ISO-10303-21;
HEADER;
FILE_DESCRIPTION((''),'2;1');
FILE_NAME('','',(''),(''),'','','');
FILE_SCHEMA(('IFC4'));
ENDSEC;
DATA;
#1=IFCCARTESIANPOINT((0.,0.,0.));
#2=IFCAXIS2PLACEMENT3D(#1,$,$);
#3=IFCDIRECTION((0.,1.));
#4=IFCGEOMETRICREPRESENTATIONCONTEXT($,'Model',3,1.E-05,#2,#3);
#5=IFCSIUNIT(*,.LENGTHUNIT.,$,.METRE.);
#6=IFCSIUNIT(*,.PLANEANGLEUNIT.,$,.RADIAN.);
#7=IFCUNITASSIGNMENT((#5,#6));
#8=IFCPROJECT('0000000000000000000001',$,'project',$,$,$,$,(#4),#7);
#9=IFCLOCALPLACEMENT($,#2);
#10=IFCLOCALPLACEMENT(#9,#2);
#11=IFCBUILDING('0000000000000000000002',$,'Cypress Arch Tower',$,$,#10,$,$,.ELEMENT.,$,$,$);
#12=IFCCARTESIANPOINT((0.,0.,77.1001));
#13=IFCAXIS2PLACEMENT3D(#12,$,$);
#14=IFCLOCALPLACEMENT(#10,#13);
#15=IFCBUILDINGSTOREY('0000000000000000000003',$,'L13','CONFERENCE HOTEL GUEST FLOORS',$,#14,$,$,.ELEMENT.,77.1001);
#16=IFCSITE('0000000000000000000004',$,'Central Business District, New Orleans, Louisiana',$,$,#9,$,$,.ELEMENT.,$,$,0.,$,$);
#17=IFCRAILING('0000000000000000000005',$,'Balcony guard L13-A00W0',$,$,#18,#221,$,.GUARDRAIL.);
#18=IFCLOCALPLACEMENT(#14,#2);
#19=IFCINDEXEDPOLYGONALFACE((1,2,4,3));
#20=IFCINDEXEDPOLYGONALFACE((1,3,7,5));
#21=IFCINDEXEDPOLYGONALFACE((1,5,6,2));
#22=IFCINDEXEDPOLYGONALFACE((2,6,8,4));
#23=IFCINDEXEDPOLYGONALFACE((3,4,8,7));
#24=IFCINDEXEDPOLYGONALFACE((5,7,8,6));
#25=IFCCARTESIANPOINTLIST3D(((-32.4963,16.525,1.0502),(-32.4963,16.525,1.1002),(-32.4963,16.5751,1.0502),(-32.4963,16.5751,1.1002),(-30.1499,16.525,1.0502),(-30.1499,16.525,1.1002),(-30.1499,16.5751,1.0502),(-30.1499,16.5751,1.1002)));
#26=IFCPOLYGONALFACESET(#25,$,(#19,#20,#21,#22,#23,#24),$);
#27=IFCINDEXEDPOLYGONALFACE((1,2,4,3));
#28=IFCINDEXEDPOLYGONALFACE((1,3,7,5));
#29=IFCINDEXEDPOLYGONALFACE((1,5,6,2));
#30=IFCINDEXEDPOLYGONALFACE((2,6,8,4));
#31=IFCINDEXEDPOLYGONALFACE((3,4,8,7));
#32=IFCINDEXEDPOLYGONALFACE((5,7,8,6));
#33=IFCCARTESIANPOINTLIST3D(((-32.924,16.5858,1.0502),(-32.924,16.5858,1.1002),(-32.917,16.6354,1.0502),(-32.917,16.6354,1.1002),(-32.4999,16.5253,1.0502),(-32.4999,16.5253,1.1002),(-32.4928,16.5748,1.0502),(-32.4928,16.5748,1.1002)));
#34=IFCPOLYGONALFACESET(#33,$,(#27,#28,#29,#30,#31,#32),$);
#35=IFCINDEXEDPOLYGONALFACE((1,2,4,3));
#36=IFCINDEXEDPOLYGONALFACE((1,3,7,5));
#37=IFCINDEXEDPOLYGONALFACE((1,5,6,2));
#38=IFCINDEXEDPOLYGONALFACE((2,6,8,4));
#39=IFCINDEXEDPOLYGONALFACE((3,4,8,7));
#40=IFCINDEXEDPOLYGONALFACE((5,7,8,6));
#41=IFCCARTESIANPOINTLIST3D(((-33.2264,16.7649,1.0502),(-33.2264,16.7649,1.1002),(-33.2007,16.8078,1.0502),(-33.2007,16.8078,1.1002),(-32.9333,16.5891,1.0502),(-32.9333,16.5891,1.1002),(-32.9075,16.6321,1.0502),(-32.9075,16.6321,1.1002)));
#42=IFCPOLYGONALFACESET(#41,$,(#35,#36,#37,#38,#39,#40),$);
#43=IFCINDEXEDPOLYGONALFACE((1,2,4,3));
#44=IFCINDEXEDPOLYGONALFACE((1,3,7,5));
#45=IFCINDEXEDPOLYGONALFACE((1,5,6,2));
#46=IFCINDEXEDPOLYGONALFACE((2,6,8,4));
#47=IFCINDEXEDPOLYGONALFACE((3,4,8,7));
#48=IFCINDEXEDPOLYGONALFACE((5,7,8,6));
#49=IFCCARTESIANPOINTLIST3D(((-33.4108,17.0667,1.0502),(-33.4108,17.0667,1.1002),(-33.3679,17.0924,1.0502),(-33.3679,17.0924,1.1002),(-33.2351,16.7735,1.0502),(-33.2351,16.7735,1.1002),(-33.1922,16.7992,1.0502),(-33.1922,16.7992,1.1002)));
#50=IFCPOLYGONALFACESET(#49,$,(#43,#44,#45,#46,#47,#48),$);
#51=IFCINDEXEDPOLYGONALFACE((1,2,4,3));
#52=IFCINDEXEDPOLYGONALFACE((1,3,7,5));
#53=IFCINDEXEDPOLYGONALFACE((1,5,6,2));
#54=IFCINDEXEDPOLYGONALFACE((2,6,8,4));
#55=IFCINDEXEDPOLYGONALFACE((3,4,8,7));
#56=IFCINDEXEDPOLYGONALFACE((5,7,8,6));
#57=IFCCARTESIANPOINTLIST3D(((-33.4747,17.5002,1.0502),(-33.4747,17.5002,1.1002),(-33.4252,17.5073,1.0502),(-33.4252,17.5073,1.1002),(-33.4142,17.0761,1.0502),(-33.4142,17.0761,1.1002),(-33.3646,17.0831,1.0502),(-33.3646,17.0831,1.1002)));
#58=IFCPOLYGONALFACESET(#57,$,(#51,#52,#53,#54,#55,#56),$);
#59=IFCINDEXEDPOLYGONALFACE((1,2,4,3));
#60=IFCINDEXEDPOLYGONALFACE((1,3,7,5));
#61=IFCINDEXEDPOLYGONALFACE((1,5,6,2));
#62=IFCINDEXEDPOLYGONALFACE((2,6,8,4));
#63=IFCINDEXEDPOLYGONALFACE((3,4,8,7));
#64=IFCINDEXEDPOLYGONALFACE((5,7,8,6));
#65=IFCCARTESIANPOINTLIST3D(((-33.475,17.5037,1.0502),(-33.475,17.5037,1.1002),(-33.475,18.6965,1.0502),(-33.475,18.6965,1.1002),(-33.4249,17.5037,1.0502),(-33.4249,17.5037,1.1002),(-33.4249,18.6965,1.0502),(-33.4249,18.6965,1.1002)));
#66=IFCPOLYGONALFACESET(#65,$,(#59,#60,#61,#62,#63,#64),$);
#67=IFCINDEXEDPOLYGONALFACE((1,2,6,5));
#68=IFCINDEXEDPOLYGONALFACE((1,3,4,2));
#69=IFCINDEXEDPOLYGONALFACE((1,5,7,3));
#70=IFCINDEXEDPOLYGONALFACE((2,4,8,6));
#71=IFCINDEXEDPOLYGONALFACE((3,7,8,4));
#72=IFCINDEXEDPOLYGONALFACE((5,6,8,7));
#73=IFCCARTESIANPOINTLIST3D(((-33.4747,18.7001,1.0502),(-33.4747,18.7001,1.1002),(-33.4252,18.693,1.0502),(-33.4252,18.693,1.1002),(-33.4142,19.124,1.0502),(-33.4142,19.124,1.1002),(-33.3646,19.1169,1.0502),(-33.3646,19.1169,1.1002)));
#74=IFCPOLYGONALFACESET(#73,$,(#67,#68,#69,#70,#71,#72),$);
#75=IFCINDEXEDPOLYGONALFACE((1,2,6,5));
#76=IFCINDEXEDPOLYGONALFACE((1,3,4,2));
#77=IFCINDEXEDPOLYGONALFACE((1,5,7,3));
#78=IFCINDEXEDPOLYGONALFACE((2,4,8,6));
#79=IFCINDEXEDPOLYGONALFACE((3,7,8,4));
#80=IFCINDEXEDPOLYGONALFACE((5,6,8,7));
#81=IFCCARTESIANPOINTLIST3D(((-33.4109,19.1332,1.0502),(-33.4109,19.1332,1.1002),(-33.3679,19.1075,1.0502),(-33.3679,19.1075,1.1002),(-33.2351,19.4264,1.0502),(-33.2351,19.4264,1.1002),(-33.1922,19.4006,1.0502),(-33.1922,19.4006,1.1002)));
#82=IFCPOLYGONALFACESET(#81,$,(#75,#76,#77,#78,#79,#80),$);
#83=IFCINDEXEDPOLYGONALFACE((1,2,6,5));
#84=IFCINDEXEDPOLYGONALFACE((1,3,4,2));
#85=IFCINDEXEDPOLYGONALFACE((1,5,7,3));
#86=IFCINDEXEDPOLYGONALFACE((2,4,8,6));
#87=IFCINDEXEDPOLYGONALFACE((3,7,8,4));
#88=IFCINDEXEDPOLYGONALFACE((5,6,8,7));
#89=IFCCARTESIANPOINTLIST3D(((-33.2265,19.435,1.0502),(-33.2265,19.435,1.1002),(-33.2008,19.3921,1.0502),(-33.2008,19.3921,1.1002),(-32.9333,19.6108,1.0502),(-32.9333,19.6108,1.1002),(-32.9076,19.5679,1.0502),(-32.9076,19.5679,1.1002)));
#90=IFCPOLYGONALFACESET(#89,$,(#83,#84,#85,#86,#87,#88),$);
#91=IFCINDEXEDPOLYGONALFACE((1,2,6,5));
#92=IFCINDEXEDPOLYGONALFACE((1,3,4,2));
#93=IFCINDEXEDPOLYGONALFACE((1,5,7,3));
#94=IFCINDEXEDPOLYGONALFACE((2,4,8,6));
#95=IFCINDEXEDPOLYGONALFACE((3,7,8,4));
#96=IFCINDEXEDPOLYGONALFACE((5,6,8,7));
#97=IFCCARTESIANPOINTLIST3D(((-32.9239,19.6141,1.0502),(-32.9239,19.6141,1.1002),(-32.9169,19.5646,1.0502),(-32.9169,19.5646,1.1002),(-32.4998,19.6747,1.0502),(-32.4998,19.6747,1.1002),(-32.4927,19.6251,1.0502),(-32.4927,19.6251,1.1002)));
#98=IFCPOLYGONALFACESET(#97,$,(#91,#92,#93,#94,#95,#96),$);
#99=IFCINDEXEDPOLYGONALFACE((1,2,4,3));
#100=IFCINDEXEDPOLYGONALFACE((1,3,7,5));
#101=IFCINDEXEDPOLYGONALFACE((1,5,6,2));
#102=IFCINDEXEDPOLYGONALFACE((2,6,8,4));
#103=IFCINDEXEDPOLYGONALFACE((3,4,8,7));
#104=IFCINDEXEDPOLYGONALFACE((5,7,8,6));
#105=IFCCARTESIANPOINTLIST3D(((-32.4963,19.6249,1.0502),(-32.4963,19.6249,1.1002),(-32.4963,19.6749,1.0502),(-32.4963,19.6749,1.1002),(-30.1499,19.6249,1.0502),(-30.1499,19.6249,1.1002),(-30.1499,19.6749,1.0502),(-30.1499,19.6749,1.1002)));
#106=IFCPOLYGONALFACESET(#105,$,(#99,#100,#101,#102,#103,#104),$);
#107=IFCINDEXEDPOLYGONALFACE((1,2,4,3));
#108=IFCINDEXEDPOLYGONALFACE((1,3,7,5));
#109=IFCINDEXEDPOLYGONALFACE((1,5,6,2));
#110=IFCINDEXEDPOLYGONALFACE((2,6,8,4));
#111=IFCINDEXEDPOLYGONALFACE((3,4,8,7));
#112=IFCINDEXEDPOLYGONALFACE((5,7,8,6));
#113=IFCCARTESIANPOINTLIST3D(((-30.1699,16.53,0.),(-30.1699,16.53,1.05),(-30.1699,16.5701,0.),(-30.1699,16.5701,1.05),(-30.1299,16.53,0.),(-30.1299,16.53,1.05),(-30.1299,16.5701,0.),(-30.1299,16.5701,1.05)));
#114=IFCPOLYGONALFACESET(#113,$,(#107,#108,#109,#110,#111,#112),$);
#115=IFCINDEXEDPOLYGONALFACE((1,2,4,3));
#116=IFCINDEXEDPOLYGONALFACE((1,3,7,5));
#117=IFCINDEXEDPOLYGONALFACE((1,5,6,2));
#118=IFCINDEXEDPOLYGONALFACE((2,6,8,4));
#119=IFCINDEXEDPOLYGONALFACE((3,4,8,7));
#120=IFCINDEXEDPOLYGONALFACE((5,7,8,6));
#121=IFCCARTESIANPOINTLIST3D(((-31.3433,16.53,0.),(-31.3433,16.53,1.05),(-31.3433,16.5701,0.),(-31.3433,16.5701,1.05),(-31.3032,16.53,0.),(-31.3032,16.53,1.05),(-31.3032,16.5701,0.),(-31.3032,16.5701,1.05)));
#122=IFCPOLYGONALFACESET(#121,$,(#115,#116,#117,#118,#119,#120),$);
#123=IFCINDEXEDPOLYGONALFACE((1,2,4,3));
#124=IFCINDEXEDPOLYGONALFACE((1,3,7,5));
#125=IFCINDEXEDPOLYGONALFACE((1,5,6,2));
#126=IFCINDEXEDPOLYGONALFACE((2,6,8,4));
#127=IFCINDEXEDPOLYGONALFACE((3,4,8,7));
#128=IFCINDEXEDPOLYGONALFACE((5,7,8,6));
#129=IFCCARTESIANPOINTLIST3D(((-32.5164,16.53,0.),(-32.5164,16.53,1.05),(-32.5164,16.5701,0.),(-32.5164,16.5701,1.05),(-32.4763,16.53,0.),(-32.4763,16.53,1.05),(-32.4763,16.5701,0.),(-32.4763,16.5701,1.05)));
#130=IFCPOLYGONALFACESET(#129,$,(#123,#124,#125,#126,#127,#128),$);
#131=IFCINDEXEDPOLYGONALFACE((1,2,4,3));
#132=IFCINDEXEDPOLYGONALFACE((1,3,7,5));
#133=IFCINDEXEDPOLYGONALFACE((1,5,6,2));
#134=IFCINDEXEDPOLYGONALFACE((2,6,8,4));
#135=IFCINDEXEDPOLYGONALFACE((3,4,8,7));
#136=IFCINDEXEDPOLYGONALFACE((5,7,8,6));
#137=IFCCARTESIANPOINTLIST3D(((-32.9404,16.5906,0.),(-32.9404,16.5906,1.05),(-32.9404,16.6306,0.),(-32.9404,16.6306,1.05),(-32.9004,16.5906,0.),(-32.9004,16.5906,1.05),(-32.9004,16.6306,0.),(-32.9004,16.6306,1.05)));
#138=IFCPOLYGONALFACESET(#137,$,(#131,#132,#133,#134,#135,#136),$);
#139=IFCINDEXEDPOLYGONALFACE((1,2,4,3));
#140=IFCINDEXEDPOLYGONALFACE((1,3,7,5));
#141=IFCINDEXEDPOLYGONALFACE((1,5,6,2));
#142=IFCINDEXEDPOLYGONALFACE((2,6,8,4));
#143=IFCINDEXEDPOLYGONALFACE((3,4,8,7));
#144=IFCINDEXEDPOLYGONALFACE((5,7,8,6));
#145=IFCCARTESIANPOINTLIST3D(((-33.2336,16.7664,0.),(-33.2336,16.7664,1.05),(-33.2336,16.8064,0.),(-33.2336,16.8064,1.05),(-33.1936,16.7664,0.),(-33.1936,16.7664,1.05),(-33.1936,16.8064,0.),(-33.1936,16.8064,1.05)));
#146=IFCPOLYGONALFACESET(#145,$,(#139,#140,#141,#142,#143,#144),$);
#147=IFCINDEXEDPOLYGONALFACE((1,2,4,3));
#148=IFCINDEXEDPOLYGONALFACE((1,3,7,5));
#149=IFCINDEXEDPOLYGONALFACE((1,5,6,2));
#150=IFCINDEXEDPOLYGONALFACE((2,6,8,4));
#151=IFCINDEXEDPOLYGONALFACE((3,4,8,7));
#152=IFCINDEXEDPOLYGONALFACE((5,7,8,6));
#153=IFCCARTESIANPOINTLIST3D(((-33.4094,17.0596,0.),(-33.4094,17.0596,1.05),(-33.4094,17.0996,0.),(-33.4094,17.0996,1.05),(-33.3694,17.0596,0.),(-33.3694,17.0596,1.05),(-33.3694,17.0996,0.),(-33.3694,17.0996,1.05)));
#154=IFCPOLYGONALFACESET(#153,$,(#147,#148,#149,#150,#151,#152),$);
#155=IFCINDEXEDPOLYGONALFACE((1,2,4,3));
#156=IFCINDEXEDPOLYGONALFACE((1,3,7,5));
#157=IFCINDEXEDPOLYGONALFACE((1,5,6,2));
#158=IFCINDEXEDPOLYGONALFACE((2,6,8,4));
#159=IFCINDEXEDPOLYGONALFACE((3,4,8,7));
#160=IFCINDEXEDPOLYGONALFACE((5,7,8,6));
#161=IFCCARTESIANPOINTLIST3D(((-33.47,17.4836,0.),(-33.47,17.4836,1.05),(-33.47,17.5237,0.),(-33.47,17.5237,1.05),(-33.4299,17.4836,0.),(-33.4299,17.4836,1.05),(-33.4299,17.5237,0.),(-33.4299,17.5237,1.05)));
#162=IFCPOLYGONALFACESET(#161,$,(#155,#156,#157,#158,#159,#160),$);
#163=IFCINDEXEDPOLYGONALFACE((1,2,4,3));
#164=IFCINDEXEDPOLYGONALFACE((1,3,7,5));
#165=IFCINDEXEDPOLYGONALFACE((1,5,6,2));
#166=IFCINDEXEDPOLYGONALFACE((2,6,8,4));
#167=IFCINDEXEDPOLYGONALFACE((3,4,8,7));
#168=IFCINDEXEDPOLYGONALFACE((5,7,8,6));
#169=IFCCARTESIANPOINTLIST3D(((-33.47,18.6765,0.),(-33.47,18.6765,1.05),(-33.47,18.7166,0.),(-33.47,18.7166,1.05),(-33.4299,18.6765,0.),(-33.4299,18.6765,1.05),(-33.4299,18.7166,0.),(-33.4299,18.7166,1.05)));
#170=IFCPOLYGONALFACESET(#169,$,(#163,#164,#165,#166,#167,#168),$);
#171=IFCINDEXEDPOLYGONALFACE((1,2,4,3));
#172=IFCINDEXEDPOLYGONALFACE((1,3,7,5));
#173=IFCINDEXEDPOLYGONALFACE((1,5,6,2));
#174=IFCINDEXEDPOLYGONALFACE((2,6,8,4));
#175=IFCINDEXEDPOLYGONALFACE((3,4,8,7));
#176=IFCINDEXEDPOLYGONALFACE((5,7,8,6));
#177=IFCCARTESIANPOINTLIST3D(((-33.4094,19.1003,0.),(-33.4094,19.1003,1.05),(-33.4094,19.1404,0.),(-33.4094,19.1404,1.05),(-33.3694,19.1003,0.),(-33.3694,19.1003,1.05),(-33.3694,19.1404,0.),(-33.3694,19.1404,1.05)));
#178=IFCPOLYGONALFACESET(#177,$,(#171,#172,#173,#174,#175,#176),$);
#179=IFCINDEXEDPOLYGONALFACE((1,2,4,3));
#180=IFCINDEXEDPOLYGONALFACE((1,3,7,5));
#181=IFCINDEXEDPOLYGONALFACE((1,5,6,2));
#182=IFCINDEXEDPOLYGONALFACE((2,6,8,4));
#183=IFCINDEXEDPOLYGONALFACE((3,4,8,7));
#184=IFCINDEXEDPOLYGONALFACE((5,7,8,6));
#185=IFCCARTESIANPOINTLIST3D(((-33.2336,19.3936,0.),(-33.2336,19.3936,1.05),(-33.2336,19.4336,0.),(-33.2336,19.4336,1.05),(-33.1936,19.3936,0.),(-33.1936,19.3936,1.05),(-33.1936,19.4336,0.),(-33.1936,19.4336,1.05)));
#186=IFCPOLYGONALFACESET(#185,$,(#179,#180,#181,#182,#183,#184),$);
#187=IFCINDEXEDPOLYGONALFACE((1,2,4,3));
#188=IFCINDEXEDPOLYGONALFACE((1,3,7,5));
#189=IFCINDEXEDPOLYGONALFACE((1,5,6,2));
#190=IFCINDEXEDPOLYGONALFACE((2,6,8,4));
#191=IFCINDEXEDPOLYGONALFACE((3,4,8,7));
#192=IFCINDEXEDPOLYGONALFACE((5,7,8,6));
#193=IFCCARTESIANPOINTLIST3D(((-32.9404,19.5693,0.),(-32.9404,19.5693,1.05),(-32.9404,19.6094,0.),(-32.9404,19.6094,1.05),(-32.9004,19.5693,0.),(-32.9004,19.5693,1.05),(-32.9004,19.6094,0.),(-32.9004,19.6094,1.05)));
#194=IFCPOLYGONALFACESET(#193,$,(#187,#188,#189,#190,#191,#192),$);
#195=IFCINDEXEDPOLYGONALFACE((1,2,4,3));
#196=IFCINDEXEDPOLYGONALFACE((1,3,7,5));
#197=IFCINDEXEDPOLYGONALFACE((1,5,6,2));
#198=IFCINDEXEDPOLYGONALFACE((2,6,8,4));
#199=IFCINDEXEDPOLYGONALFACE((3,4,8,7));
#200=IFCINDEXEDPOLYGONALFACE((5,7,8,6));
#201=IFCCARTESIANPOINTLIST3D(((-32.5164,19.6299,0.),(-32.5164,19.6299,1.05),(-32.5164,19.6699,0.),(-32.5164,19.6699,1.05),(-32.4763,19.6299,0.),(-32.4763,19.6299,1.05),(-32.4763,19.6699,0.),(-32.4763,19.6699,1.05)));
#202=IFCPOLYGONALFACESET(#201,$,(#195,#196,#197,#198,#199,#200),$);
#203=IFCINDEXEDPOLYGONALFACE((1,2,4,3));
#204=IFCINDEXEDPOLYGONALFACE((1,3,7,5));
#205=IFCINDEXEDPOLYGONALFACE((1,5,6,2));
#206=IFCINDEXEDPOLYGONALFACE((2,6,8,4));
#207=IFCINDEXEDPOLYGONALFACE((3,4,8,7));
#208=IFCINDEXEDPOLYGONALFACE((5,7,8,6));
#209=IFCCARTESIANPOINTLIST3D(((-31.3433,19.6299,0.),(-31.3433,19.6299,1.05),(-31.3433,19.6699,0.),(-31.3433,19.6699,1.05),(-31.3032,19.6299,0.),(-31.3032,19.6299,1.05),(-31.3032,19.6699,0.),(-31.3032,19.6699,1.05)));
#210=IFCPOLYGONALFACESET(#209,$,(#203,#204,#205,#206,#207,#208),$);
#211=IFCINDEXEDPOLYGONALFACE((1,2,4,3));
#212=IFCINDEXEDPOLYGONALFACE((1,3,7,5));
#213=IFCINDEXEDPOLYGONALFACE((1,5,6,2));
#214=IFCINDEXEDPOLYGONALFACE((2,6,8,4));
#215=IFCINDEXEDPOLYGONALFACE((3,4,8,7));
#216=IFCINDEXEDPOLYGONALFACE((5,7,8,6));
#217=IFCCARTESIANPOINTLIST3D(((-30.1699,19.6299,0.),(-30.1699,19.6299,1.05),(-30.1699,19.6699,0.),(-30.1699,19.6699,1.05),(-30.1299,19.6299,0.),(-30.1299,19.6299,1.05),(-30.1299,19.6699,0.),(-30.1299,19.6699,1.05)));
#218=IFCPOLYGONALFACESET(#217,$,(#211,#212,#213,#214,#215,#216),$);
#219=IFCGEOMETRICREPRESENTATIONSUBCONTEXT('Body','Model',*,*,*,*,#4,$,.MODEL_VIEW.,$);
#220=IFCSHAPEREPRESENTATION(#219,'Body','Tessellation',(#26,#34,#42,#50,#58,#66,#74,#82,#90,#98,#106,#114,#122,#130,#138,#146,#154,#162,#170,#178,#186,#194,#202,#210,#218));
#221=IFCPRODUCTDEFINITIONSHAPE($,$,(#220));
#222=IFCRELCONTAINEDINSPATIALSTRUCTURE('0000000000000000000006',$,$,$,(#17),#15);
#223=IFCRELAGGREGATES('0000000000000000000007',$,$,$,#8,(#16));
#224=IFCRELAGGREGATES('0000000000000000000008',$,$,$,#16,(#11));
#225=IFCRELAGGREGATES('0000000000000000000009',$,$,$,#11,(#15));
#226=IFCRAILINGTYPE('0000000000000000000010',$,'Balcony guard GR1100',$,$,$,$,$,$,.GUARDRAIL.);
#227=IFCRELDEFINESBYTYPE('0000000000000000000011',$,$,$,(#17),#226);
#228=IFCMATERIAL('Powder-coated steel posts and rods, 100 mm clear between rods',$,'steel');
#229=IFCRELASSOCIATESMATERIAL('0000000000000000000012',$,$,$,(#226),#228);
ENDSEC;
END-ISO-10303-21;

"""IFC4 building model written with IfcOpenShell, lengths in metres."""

from ifc_helpers import new_model, si_unit, direction, frame, origin, origin_2d, place, context, subcontext, project, spatial, rectangle, extrude, material, type_object, element, save


model = new_model("IFC4")

# Units and contexts
model_context = context("Model", 3, precision=1e-05, world=origin(), true_north=direction((0.0, 1.0)))
body_context = subcontext(model_context, "Body", "Model", "MODEL_VIEW")
ifc_project = project(units=[si_unit("LENGTHUNIT", "METRE"), si_unit("PLANEANGLEUNIT", "RADIAN")], contexts=[model_context])

# Site, building, storey
site_placement = place(None, origin())
site = spatial("IfcSite", under=ifc_project, at=site_placement, Name="Central Business District, New Orleans, Louisiana", CompositionType="ELEMENT", RefElevation=0.0)
building_placement = place(site_placement, origin())
building = spatial("IfcBuilding", under=site, at=building_placement, Name="Cypress Arch Tower", CompositionType="ELEMENT")
storey_placement = place(building_placement, frame((0.0, 0.0, 77.1001)))
storey = spatial("IfcBuildingStorey", under=building, at=storey_placement, Name="L13", Description="CONFERENCE HOTEL GUEST FLOORS", CompositionType="ELEMENT", Elevation=77.1001)

# Railing
ifc_material_1 = material(Name="Powder-coated steel posts and rods, 100 mm clear between rods", Category="steel")
railing_type = type_object("IfcRailingType", Name="Balcony guard GR1100", PredefinedType="GUARDRAIL", material=ifc_material_1)
railing_1_placement = place(storey_placement, frame((-30.1499, 16.55, 0.0)))
element("IfcRailing", 1, at=railing_1_placement, inside=storey, type_object=railing_type, Name="Balcony guard L13-A00W0", PredefinedType="GUARDRAIL", context=body_context, shape_type="SweptSolid", body=[
    extrude(rectangle(XDim=0.05, YDim=0.05, at=origin_2d()), frame((0.0, 0.0, 1.0752), z_axis=(-1.0, 0.0, 0.0), x_axis=(0.0, -1.0, 0.0)), (0.0, 0.0, 1.0), 2.3464),
    extrude(rectangle(XDim=0.05, YDim=0.05, at=origin_2d()), frame((-2.3464, 0.0, 1.0752), z_axis=(-0.989961, 0.141342, 0.0), x_axis=(-0.141342, -0.989961, 0.0)), (0.0, 0.0, 1.0), 0.4285),
    extrude(rectangle(XDim=0.05, YDim=0.05, at=origin_2d()), frame((-2.7705, 0.0605, 1.0752), z_axis=(-0.857682, 0.514181, 0.0), x_axis=(-0.514181, -0.857682, 0.0)), (0.0, 0.0, 1.0), 0.3418),
    extrude(rectangle(XDim=0.05, YDim=0.05, at=origin_2d()), frame((-3.0637, 0.2363, 1.0752), z_axis=(-0.514181, 0.857682, 0.0), x_axis=(-0.857682, -0.514181, 0.0)), (0.0, 0.0, 1.0), 0.3418),
    extrude(rectangle(XDim=0.05, YDim=0.05, at=origin_2d()), frame((-3.2395, 0.5295, 1.0752), z_axis=(-0.141342, 0.989961, 0.0), x_axis=(-0.989961, -0.141342, 0.0)), (0.0, 0.0, 1.0), 0.4285),
    extrude(rectangle(XDim=0.05, YDim=0.05, at=origin_2d()), frame((-3.3, 0.9536, 1.0752), z_axis=(0.0, 1.0, 0.0), x_axis=(-1.0, 0.0, 0.0)), (0.0, 0.0, 1.0), 1.1929),
    extrude(rectangle(XDim=0.05, YDim=0.05, at=origin_2d()), frame((-3.3, 2.1465, 1.0752), z_axis=(0.141421, 0.989949, 0.0), x_axis=(-0.989949, 0.141421, 0.0)), (0.0, 0.0, 1.0), 0.4282),
    extrude(rectangle(XDim=0.05, YDim=0.05, at=origin_2d()), frame((-3.2395, 2.5703, 1.0752), z_axis=(0.514181, 0.857682, 0.0), x_axis=(-0.857682, 0.514181, 0.0)), (0.0, 0.0, 1.0), 0.3418),
    extrude(rectangle(XDim=0.05, YDim=0.05, at=origin_2d()), frame((-3.0637, 2.8635, 1.0752), z_axis=(0.857682, 0.514181, 0.0), x_axis=(-0.514181, 0.857682, 0.0)), (0.0, 0.0, 1.0), 0.3418),
    extrude(rectangle(XDim=0.05, YDim=0.05, at=origin_2d()), frame((-2.7705, 3.0393, 1.0752), z_axis=(0.989961, 0.141342, 0.0), x_axis=(-0.141342, 0.989961, 0.0)), (0.0, 0.0, 1.0), 0.4285),
    extrude(rectangle(XDim=0.05, YDim=0.05, at=origin_2d()), frame((-2.3464, 3.0999, 1.0752), z_axis=(1.0, 0.0, 0.0), x_axis=(0.0, 1.0, 0.0)), (0.0, 0.0, 1.0), 2.3464),
    extrude(rectangle(XDim=0.04, YDim=0.04, at=origin_2d()), origin(), (0.0, 0.0, 1.0), 1.05),
    extrude(rectangle(XDim=0.04, YDim=0.04, at=origin_2d()), frame((-1.1733, 0.0, 0.0)), (0.0, 0.0, 1.0), 1.05),
    extrude(rectangle(XDim=0.04, YDim=0.04, at=origin_2d()), frame((-2.3464, 0.0, 0.0)), (0.0, 0.0, 1.0), 1.05),
    extrude(rectangle(XDim=0.04, YDim=0.04, at=origin_2d()), frame((-2.7705, 0.0605, 0.0)), (0.0, 0.0, 1.0), 1.05),
    extrude(rectangle(XDim=0.04, YDim=0.04, at=origin_2d()), frame((-3.0637, 0.2363, 0.0)), (0.0, 0.0, 1.0), 1.05),
    extrude(rectangle(XDim=0.04, YDim=0.04, at=origin_2d()), frame((-3.2395, 0.5295, 0.0)), (0.0, 0.0, 1.0), 1.05),
    extrude(rectangle(XDim=0.04, YDim=0.04, at=origin_2d()), frame((-3.3, 0.9536, 0.0)), (0.0, 0.0, 1.0), 1.05),
    extrude(rectangle(XDim=0.04, YDim=0.04, at=origin_2d()), frame((-3.3, 2.1465, 0.0)), (0.0, 0.0, 1.0), 1.05),
    extrude(rectangle(XDim=0.04, YDim=0.04, at=origin_2d()), frame((-3.2395, 2.5703, 0.0)), (0.0, 0.0, 1.0), 1.05),
    extrude(rectangle(XDim=0.04, YDim=0.04, at=origin_2d()), frame((-3.0637, 2.8635, 0.0)), (0.0, 0.0, 1.0), 1.05),
    extrude(rectangle(XDim=0.04, YDim=0.04, at=origin_2d()), frame((-2.7705, 3.0393, 0.0)), (0.0, 0.0, 1.0), 1.05),
    extrude(rectangle(XDim=0.04, YDim=0.04, at=origin_2d()), frame((-2.3464, 3.0999, 0.0)), (0.0, 0.0, 1.0), 1.05),
    extrude(rectangle(XDim=0.04, YDim=0.04, at=origin_2d()), frame((-1.1733, 3.0999, 0.0)), (0.0, 0.0, 1.0), 1.05),
    extrude(rectangle(XDim=0.04, YDim=0.04, at=origin_2d()), frame((0.0, 3.0999, 0.0)), (0.0, 0.0, 1.0), 1.05),
])

save(model, "model.ifc")
